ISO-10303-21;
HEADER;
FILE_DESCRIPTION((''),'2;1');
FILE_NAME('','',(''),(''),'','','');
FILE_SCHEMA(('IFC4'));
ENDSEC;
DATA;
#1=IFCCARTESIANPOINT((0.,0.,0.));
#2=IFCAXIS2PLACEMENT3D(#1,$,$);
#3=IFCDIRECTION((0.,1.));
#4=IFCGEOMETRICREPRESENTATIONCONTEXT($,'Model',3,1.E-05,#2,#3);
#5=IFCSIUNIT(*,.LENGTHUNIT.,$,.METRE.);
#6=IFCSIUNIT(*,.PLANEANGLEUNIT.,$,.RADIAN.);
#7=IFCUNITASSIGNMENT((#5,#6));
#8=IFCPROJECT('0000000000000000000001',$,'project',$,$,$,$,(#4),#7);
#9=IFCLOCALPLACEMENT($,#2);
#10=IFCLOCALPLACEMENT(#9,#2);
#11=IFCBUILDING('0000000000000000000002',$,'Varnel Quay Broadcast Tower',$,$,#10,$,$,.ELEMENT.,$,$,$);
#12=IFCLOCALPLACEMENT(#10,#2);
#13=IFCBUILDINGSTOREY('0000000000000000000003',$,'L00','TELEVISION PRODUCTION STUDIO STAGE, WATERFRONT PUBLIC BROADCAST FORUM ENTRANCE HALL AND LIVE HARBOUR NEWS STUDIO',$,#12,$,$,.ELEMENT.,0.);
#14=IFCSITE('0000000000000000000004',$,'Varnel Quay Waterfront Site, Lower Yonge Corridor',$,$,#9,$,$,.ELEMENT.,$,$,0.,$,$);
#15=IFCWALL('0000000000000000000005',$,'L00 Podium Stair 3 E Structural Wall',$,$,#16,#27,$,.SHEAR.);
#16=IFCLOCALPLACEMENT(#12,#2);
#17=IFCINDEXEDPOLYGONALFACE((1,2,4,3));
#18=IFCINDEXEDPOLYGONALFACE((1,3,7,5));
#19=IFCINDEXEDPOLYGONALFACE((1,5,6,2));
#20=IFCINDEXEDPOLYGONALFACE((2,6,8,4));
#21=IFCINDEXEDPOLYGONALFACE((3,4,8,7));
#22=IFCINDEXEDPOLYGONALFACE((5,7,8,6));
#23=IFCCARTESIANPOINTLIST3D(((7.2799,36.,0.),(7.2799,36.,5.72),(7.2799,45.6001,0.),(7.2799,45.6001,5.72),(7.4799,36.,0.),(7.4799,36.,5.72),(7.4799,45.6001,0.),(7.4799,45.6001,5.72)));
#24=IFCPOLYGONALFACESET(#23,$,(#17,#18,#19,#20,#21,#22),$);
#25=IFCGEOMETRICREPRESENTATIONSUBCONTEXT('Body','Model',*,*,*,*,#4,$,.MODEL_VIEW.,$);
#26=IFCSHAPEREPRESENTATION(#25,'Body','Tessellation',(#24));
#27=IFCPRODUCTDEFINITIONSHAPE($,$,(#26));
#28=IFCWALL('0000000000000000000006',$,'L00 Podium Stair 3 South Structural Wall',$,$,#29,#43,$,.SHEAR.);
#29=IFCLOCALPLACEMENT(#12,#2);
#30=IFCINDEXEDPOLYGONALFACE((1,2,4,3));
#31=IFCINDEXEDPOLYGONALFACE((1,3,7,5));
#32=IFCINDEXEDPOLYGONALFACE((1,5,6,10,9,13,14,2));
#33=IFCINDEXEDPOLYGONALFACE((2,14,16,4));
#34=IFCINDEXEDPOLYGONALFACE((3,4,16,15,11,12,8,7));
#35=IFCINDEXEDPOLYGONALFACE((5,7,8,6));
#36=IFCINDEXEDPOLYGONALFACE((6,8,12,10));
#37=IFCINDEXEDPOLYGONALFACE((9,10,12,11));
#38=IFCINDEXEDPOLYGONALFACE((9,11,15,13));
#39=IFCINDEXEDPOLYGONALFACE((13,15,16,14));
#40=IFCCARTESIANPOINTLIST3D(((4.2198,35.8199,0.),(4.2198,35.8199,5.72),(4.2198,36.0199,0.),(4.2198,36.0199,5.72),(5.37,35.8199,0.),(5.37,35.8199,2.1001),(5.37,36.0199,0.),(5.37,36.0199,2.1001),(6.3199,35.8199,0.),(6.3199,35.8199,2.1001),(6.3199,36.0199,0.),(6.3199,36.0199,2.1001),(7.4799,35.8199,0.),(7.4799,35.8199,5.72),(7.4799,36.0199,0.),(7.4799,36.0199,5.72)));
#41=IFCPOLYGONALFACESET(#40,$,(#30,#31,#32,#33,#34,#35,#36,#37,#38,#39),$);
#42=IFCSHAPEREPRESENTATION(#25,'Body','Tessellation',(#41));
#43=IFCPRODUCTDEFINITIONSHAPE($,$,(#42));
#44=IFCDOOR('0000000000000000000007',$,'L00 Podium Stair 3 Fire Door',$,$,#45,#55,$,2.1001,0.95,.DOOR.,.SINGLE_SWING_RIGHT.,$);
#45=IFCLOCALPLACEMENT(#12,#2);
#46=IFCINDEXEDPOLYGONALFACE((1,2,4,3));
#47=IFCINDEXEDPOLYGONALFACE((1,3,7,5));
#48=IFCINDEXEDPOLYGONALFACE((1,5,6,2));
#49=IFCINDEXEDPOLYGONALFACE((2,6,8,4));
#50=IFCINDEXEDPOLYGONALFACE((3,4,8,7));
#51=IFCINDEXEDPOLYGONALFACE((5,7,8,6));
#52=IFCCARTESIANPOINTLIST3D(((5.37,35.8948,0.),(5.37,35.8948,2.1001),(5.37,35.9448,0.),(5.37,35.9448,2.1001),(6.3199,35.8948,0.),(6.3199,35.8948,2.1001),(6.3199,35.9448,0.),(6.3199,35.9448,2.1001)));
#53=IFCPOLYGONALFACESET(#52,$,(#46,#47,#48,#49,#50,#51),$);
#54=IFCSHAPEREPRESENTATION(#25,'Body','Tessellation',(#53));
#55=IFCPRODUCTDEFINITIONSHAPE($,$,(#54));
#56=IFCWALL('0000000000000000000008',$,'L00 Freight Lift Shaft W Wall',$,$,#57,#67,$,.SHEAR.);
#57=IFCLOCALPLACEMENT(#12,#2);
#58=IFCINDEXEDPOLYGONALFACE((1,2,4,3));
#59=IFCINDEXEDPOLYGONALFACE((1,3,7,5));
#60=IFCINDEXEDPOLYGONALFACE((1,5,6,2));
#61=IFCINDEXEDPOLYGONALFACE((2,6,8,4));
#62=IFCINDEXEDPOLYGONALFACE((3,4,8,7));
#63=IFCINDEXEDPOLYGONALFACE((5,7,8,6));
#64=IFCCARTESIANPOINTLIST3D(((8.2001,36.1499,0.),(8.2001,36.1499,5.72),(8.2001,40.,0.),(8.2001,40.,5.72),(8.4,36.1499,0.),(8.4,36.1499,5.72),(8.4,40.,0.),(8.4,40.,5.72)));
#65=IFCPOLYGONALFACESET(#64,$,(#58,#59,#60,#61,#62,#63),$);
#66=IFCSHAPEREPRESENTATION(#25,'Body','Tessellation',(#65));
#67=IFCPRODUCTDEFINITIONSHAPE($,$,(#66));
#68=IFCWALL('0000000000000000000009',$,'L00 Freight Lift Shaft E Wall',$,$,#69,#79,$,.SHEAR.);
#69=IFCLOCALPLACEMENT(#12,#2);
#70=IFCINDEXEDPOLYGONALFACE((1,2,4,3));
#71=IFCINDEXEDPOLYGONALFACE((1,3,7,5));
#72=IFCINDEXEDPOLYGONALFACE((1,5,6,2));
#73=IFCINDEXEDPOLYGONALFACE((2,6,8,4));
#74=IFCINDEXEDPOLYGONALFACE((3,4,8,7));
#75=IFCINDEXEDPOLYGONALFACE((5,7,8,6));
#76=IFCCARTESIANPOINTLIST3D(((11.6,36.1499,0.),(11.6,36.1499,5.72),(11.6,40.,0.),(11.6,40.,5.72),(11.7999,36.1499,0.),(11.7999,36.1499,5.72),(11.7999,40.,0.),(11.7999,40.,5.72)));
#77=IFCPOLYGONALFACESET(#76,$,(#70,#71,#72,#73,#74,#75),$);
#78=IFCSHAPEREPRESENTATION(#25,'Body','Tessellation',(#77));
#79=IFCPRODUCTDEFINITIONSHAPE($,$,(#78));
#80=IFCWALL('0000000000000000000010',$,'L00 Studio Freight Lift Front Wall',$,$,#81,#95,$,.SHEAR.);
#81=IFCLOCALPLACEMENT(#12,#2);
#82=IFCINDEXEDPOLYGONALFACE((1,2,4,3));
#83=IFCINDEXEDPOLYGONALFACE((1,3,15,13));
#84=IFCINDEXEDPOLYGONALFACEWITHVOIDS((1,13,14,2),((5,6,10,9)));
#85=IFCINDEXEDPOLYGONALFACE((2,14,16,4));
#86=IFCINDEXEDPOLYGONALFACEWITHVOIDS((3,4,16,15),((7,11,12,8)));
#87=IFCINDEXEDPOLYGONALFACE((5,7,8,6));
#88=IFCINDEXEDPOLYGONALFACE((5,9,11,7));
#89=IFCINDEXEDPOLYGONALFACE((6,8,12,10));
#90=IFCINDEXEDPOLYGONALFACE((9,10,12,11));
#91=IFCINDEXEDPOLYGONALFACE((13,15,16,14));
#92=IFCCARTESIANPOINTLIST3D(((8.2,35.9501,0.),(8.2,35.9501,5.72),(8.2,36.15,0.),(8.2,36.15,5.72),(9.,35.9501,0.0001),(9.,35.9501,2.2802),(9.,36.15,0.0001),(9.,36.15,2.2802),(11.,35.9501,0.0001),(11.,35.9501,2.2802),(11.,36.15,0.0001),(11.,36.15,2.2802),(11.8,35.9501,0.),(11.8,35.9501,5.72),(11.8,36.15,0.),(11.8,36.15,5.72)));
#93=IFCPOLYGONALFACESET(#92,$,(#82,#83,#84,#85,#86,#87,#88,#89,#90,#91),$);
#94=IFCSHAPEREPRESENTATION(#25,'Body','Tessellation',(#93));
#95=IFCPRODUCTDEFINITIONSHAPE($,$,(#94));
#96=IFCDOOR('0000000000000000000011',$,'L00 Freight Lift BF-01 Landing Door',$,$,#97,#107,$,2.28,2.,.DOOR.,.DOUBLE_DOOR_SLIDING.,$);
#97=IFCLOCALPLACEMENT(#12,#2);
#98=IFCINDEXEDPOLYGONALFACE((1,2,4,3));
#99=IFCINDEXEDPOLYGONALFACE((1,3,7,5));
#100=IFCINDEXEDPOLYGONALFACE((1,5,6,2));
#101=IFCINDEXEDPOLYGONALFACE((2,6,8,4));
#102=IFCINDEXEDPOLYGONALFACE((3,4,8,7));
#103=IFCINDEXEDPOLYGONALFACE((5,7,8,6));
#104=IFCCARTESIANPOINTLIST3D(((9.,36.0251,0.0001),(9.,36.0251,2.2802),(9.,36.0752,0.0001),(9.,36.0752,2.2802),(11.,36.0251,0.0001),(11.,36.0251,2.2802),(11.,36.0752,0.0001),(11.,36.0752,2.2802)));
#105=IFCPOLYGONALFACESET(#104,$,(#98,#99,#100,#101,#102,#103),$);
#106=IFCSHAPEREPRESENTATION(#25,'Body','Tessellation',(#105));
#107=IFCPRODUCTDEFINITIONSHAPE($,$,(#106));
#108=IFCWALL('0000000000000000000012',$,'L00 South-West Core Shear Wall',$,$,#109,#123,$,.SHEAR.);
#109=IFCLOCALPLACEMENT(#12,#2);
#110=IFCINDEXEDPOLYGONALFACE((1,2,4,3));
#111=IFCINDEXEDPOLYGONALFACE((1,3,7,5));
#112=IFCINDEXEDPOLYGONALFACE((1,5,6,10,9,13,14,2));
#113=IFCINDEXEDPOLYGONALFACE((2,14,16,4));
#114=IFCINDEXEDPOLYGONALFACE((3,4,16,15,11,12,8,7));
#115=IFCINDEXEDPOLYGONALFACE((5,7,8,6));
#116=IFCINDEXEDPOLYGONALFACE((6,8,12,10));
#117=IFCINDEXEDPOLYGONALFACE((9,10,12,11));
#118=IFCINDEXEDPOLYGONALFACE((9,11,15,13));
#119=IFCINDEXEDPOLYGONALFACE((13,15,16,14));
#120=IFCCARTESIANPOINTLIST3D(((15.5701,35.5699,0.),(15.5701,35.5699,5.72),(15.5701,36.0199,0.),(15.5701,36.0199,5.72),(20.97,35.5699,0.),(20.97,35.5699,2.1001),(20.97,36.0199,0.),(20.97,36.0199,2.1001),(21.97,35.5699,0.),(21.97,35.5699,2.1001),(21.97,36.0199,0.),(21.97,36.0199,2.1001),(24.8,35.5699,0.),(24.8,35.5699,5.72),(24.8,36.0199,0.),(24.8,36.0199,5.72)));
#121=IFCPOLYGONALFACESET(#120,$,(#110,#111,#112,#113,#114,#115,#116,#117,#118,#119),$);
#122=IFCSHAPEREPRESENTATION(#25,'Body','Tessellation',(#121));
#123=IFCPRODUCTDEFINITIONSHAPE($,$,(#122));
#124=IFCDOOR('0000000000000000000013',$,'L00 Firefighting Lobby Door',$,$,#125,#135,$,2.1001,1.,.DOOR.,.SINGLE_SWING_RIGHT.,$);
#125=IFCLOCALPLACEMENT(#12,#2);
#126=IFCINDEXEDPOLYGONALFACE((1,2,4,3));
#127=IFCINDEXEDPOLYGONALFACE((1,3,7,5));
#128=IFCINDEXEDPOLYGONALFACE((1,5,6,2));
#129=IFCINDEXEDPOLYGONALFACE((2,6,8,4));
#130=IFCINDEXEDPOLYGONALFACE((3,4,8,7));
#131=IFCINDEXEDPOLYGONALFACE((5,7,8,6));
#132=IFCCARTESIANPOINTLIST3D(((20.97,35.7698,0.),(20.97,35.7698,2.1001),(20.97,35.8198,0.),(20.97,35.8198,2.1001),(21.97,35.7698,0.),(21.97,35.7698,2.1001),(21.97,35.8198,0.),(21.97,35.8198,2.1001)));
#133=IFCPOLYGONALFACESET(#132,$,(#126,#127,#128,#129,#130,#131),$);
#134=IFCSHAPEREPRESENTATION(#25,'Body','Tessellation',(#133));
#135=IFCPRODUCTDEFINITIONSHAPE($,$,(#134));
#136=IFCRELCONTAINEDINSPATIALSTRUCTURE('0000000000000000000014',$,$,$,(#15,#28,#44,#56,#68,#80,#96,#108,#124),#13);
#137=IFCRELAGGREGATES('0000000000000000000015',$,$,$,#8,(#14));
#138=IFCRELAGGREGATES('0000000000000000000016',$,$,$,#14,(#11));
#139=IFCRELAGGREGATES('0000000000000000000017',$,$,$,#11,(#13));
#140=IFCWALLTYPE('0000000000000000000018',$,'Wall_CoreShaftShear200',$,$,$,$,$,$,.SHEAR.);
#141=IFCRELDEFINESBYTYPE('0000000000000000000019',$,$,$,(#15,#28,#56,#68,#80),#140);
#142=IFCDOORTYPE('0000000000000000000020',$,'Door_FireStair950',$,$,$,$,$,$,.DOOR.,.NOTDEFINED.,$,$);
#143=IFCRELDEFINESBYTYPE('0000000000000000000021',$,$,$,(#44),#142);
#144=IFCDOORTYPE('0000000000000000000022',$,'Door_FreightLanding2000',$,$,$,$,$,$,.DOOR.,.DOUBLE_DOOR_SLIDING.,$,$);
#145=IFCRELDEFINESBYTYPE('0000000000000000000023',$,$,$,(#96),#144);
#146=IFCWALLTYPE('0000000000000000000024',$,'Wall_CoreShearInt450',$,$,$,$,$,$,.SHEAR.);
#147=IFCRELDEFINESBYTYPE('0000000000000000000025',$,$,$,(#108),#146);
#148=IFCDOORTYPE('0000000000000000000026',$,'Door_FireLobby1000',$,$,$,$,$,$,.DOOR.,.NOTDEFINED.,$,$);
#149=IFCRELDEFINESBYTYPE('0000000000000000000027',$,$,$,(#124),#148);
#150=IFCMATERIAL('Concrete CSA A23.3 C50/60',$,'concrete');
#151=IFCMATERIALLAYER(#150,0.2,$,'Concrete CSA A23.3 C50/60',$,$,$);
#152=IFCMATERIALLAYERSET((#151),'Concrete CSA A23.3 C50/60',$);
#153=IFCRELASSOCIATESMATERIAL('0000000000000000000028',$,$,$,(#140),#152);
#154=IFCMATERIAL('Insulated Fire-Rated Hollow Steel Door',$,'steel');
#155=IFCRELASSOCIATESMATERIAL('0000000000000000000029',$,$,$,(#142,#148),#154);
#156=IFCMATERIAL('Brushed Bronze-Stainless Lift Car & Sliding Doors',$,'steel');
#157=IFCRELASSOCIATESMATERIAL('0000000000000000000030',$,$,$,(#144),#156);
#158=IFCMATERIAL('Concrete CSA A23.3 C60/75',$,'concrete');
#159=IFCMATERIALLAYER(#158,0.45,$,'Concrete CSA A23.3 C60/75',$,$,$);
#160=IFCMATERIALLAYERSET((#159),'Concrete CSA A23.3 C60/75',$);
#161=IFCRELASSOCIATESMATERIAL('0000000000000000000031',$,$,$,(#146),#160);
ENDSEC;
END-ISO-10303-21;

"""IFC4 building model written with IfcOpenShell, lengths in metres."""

from ifc_helpers import new_model, si_unit, direction, frame, frame_2d, origin, place, context, subcontext, project, spatial, rectangle, extrude, source, transform, mapped, material, layer, layer_set, type_object, type_shapes, element, fill, save


model = new_model("IFC4")

# Units and contexts
model_context = context("Model", 3, precision=1e-05, world=origin(), true_north=direction((0.0, 1.0)))
body_context = subcontext(model_context, "Body", "Model", "MODEL_VIEW")
ifc_project = project(units=[si_unit("LENGTHUNIT", "METRE"), si_unit("PLANEANGLEUNIT", "RADIAN")], contexts=[model_context])

# Site, building, storey
site_placement = place(None, origin())
site = spatial("IfcSite", under=ifc_project, at=site_placement, Name="Varnel Quay Waterfront Site, Lower Yonge Corridor", CompositionType="ELEMENT", RefElevation=0.0)
building_placement = place(site_placement, origin())
building = spatial("IfcBuilding", under=site, at=building_placement, Name="Varnel Quay Broadcast Tower", CompositionType="ELEMENT")
storey_placement = place(building_placement, origin())
storey = spatial("IfcBuildingStorey", under=building, at=storey_placement, Name="L00", Description="TELEVISION PRODUCTION STUDIO STAGE, WATERFRONT PUBLIC BROADCAST FORUM ENTRANCE HALL AND LIVE HARBOUR NEWS STUDIO", CompositionType="ELEMENT", Elevation=0.0)

# Shared definitions
ifc_material_1 = material(Name="Concrete CSA A23.3 C50/60", Category="concrete")
ifc_layer_1 = layer(ifc_material_1, 0.2, Name="Concrete CSA A23.3 C50/60")
ifc_layer_set_1 = layer_set([ifc_layer_1], Name="Concrete CSA A23.3 C50/60")
wall_type_1 = type_object("IfcWallType", Name="Wall_CoreShaftShear200", PredefinedType="SHEAR", material=ifc_layer_set_1)
ifc_material_2 = material(Name="Insulated Fire-Rated Hollow Steel Door", Category="steel")
door_type_1 = type_object("IfcDoorType", Name="Door_FireStair950", OperationType="NOTDEFINED", PredefinedType="DOOR", material=ifc_material_2)
shared_shape_1 = source(origin(), body_context, "Body", "SweptSolid", [
    extrude(rectangle(XDim=0.95, YDim=2.1001, at=frame_2d((0.4751, 1.05))), frame((0.0, 0.0249, 0.0), z_axis=(0.0, -1.0, 0.0), x_axis=(1.0, 0.0, 0.0)), (0.0, 0.0, 1.0), 0.05),
])
type_shapes(door_type_1, [shared_shape_1])

# Wall
wall_1_placement = place(storey_placement, frame((7.3799, 36.0, 0.0), z_axis=(0.0, 0.0, 1.0), x_axis=(0.0, 1.0, 0.0)))
element("IfcWall", 1, at=wall_1_placement, inside=storey, type_object=wall_type_1, Name="L00 Podium Stair 3 E Structural Wall", PredefinedType="SHEAR", context=body_context, shape_type="SweptSolid", body=[
    extrude(rectangle(XDim=9.6001, YDim=0.2, at=frame_2d((4.8, 0.0))), origin(), (0.0, 0.0, 1.0), 5.72),
])

# Wall, opening, door
wall_2_placement = place(storey_placement, frame((4.22, 35.9199, 0.0), z_axis=(0.0, 0.0, 1.0), x_axis=(1.0, 0.0, 0.0)))
wall_2 = element("IfcWall", 2, at=wall_2_placement, inside=storey, type_object=wall_type_1, Name="L00 Podium Stair 3 South Structural Wall", PredefinedType="SHEAR", context=body_context, shape_type="SweptSolid", body=[
    extrude(rectangle(XDim=3.26, YDim=0.2, at=frame_2d((1.6299, 0.0))), origin(), (0.0, 0.0, 1.0), 5.72),
])
opening_1_placement = place(wall_2_placement, frame((1.1499, 0.0, 0.0)))
opening_1 = element("IfcOpeningElement", 3, at=opening_1_placement, cuts=wall_2, PredefinedType="OPENING", context=body_context, shape_type="SweptSolid", body=[
    extrude(rectangle(XDim=0.95, YDim=2.1001, at=frame_2d((0.4751, 1.05))), frame((0.0, 0.1099, 0.0), z_axis=(0.0, -1.0, 0.0), x_axis=(1.0, 0.0, 0.0)), (0.0, 0.0, 1.0), 0.22),
])
door_1_placement = place(opening_1_placement, origin())
door_1 = element("IfcDoor", 4, at=door_1_placement, inside=storey, type_object=door_type_1, Name="L00 Podium Stair 3 Fire Door", OperationType="SINGLE_SWING_RIGHT", OverallHeight=2.1001, OverallWidth=0.95, PredefinedType="DOOR", context=body_context, shape_type="MappedRepresentation", body=[
    mapped(shared_shape_1, transform((0.0, 0.0, 0.0), x_axis=(1.0, 0.0, 0.0), y_axis=(0.0, 1.0, 0.0), z_axis=(0.0, 0.0, 1.0), scale=1.0)),
])
fill(opening_1, door_1)

# Walls
for number, where, z_axis, x_axis, name in (
    (5, (8.3, 36.1499, 0.0), (0.0, 0.0, 1.0), (0.0, 1.0, 0.0), "L00 Freight Lift Shaft W Wall"),
    (6, (11.7, 36.1499, 0.0), (0.0, 0.0, 1.0), (0.0, 1.0, 0.0), "L00 Freight Lift Shaft E Wall"),
):
    element("IfcWall", number, at=place(storey_placement, frame(where, z_axis=z_axis, x_axis=x_axis)), inside=storey, type_object=wall_type_1, Name=name, PredefinedType="SHEAR", context=body_context, shape_type="SweptSolid", body=[
        extrude(rectangle(XDim=3.8501, YDim=0.2, at=frame_2d((1.925, 0.0))), origin(), (0.0, 0.0, 1.0), 5.72),
    ])

# Walls, openings, doors
wall_3_placement = place(storey_placement, frame((8.2, 36.05, 0.0), z_axis=(0.0, 0.0, 1.0), x_axis=(1.0, 0.0, 0.0)))
wall_3 = element("IfcWall", 7, at=wall_3_placement, inside=storey, type_object=wall_type_1, Name="L00 Studio Freight Lift Front Wall", PredefinedType="SHEAR", context=body_context, shape_type="SweptSolid", body=[
    extrude(rectangle(XDim=3.6001, YDim=0.2, at=frame_2d((1.8, 0.0))), origin(), (0.0, 0.0, 1.0), 5.72),
])
opening_2_placement = place(wall_3_placement, frame((0.8, 0.0, 0.0)))
opening_2 = element("IfcOpeningElement", 8, at=opening_2_placement, cuts=wall_3, PredefinedType="OPENING", context=body_context, shape_type="SweptSolid", body=[
    extrude(rectangle(XDim=2.0, YDim=2.28, at=frame_2d((1.0, 1.1401))), frame((0.0, 0.1099, 0.0), z_axis=(0.0, -1.0, 0.0), x_axis=(1.0, 0.0, 0.0)), (0.0, 0.0, 1.0), 0.22),
])
ifc_material_3 = material(Name="Brushed Bronze-Stainless Lift Car & Sliding Doors", Category="steel")
door_type_2 = type_object("IfcDoorType", Name="Door_FreightLanding2000", OperationType="DOUBLE_DOOR_SLIDING", PredefinedType="DOOR", material=ifc_material_3)
shared_shape_2 = source(origin(), body_context, "Body", "SweptSolid", [
    extrude(rectangle(XDim=2.0, YDim=2.28, at=frame_2d((1.0, 1.1401))), frame((0.0, 0.0249, 0.0), z_axis=(0.0, -1.0, 0.0), x_axis=(1.0, 0.0, 0.0)), (0.0, 0.0, 1.0), 0.05),
])
type_shapes(door_type_2, [shared_shape_2])
door_2_placement = place(opening_2_placement, frame((2.0, 0.0, 0.0), z_axis=(0.0, 0.0, 1.0), x_axis=(-1.0, 0.0, 0.0)))
door_2 = element("IfcDoor", 9, at=door_2_placement, inside=storey, type_object=door_type_2, Name="L00 Freight Lift BF-01 Landing Door", OperationType="DOUBLE_DOOR_SLIDING", OverallHeight=2.28, OverallWidth=2.0, PredefinedType="DOOR", context=body_context, shape_type="MappedRepresentation", body=[
    mapped(shared_shape_2, transform((0.0, 0.0, 0.0), x_axis=(1.0, 0.0, 0.0), y_axis=(0.0, 1.0, 0.0), z_axis=(0.0, 0.0, 1.0), scale=1.0)),
])
fill(opening_2, door_2)
ifc_material_4 = material(Name="Concrete CSA A23.3 C60/75", Category="concrete")
ifc_layer_2 = layer(ifc_material_4, 0.45, Name="Concrete CSA A23.3 C60/75")
ifc_layer_set_2 = layer_set([ifc_layer_2], Name="Concrete CSA A23.3 C60/75")
wall_type_2 = type_object("IfcWallType", Name="Wall_CoreShearInt450", PredefinedType="SHEAR", material=ifc_layer_set_2)
wall_4_placement = place(storey_placement, frame((15.5701, 35.7949, 0.0), z_axis=(0.0, 0.0, 1.0), x_axis=(1.0, 0.0, 0.0)))
wall_4 = element("IfcWall", 10, at=wall_4_placement, inside=storey, type_object=wall_type_2, Name="L00 South-West Core Shear Wall", PredefinedType="SHEAR", context=body_context, shape_type="SweptSolid", body=[
    extrude(rectangle(XDim=9.23, YDim=0.45, at=frame_2d((4.615, 0.0))), origin(), (0.0, 0.0, 1.0), 5.72),
])
opening_3_placement = place(wall_4_placement, frame((5.3999, 0.0, 0.0)))
opening_3 = element("IfcOpeningElement", 11, at=opening_3_placement, cuts=wall_4, PredefinedType="OPENING", context=body_context, shape_type="SweptSolid", body=[
    extrude(rectangle(XDim=1.0, YDim=2.1001, at=frame_2d((0.5, 1.05))), frame((0.0, 0.2349, 0.0), z_axis=(0.0, -1.0, 0.0), x_axis=(1.0, 0.0, 0.0)), (0.0, 0.0, 1.0), 0.47),
])
door_type_3 = type_object("IfcDoorType", Name="Door_FireLobby1000", OperationType="NOTDEFINED", PredefinedType="DOOR", material=ifc_material_2)
shared_shape_3 = source(origin(), body_context, "Body", "SweptSolid", [
    extrude(rectangle(XDim=1.0, YDim=2.1001, at=frame_2d((0.5, 1.05))), frame((0.0, 0.0249, 0.0), z_axis=(0.0, -1.0, 0.0), x_axis=(1.0, 0.0, 0.0)), (0.0, 0.0, 1.0), 0.05),
])
type_shapes(door_type_3, [shared_shape_3])
door_3_placement = place(opening_3_placement, origin())
door_3 = element("IfcDoor", 12, at=door_3_placement, inside=storey, type_object=door_type_3, Name="L00 Firefighting Lobby Door", OperationType="SINGLE_SWING_RIGHT", OverallHeight=2.1001, OverallWidth=1.0, PredefinedType="DOOR", context=body_context, shape_type="MappedRepresentation", body=[
    mapped(shared_shape_3, transform((0.0, 0.0, 0.0), x_axis=(1.0, 0.0, 0.0), y_axis=(0.0, 1.0, 0.0), z_axis=(0.0, 0.0, 1.0), scale=1.0)),
])
fill(opening_3, door_3)

save(model, "model.ifc")
